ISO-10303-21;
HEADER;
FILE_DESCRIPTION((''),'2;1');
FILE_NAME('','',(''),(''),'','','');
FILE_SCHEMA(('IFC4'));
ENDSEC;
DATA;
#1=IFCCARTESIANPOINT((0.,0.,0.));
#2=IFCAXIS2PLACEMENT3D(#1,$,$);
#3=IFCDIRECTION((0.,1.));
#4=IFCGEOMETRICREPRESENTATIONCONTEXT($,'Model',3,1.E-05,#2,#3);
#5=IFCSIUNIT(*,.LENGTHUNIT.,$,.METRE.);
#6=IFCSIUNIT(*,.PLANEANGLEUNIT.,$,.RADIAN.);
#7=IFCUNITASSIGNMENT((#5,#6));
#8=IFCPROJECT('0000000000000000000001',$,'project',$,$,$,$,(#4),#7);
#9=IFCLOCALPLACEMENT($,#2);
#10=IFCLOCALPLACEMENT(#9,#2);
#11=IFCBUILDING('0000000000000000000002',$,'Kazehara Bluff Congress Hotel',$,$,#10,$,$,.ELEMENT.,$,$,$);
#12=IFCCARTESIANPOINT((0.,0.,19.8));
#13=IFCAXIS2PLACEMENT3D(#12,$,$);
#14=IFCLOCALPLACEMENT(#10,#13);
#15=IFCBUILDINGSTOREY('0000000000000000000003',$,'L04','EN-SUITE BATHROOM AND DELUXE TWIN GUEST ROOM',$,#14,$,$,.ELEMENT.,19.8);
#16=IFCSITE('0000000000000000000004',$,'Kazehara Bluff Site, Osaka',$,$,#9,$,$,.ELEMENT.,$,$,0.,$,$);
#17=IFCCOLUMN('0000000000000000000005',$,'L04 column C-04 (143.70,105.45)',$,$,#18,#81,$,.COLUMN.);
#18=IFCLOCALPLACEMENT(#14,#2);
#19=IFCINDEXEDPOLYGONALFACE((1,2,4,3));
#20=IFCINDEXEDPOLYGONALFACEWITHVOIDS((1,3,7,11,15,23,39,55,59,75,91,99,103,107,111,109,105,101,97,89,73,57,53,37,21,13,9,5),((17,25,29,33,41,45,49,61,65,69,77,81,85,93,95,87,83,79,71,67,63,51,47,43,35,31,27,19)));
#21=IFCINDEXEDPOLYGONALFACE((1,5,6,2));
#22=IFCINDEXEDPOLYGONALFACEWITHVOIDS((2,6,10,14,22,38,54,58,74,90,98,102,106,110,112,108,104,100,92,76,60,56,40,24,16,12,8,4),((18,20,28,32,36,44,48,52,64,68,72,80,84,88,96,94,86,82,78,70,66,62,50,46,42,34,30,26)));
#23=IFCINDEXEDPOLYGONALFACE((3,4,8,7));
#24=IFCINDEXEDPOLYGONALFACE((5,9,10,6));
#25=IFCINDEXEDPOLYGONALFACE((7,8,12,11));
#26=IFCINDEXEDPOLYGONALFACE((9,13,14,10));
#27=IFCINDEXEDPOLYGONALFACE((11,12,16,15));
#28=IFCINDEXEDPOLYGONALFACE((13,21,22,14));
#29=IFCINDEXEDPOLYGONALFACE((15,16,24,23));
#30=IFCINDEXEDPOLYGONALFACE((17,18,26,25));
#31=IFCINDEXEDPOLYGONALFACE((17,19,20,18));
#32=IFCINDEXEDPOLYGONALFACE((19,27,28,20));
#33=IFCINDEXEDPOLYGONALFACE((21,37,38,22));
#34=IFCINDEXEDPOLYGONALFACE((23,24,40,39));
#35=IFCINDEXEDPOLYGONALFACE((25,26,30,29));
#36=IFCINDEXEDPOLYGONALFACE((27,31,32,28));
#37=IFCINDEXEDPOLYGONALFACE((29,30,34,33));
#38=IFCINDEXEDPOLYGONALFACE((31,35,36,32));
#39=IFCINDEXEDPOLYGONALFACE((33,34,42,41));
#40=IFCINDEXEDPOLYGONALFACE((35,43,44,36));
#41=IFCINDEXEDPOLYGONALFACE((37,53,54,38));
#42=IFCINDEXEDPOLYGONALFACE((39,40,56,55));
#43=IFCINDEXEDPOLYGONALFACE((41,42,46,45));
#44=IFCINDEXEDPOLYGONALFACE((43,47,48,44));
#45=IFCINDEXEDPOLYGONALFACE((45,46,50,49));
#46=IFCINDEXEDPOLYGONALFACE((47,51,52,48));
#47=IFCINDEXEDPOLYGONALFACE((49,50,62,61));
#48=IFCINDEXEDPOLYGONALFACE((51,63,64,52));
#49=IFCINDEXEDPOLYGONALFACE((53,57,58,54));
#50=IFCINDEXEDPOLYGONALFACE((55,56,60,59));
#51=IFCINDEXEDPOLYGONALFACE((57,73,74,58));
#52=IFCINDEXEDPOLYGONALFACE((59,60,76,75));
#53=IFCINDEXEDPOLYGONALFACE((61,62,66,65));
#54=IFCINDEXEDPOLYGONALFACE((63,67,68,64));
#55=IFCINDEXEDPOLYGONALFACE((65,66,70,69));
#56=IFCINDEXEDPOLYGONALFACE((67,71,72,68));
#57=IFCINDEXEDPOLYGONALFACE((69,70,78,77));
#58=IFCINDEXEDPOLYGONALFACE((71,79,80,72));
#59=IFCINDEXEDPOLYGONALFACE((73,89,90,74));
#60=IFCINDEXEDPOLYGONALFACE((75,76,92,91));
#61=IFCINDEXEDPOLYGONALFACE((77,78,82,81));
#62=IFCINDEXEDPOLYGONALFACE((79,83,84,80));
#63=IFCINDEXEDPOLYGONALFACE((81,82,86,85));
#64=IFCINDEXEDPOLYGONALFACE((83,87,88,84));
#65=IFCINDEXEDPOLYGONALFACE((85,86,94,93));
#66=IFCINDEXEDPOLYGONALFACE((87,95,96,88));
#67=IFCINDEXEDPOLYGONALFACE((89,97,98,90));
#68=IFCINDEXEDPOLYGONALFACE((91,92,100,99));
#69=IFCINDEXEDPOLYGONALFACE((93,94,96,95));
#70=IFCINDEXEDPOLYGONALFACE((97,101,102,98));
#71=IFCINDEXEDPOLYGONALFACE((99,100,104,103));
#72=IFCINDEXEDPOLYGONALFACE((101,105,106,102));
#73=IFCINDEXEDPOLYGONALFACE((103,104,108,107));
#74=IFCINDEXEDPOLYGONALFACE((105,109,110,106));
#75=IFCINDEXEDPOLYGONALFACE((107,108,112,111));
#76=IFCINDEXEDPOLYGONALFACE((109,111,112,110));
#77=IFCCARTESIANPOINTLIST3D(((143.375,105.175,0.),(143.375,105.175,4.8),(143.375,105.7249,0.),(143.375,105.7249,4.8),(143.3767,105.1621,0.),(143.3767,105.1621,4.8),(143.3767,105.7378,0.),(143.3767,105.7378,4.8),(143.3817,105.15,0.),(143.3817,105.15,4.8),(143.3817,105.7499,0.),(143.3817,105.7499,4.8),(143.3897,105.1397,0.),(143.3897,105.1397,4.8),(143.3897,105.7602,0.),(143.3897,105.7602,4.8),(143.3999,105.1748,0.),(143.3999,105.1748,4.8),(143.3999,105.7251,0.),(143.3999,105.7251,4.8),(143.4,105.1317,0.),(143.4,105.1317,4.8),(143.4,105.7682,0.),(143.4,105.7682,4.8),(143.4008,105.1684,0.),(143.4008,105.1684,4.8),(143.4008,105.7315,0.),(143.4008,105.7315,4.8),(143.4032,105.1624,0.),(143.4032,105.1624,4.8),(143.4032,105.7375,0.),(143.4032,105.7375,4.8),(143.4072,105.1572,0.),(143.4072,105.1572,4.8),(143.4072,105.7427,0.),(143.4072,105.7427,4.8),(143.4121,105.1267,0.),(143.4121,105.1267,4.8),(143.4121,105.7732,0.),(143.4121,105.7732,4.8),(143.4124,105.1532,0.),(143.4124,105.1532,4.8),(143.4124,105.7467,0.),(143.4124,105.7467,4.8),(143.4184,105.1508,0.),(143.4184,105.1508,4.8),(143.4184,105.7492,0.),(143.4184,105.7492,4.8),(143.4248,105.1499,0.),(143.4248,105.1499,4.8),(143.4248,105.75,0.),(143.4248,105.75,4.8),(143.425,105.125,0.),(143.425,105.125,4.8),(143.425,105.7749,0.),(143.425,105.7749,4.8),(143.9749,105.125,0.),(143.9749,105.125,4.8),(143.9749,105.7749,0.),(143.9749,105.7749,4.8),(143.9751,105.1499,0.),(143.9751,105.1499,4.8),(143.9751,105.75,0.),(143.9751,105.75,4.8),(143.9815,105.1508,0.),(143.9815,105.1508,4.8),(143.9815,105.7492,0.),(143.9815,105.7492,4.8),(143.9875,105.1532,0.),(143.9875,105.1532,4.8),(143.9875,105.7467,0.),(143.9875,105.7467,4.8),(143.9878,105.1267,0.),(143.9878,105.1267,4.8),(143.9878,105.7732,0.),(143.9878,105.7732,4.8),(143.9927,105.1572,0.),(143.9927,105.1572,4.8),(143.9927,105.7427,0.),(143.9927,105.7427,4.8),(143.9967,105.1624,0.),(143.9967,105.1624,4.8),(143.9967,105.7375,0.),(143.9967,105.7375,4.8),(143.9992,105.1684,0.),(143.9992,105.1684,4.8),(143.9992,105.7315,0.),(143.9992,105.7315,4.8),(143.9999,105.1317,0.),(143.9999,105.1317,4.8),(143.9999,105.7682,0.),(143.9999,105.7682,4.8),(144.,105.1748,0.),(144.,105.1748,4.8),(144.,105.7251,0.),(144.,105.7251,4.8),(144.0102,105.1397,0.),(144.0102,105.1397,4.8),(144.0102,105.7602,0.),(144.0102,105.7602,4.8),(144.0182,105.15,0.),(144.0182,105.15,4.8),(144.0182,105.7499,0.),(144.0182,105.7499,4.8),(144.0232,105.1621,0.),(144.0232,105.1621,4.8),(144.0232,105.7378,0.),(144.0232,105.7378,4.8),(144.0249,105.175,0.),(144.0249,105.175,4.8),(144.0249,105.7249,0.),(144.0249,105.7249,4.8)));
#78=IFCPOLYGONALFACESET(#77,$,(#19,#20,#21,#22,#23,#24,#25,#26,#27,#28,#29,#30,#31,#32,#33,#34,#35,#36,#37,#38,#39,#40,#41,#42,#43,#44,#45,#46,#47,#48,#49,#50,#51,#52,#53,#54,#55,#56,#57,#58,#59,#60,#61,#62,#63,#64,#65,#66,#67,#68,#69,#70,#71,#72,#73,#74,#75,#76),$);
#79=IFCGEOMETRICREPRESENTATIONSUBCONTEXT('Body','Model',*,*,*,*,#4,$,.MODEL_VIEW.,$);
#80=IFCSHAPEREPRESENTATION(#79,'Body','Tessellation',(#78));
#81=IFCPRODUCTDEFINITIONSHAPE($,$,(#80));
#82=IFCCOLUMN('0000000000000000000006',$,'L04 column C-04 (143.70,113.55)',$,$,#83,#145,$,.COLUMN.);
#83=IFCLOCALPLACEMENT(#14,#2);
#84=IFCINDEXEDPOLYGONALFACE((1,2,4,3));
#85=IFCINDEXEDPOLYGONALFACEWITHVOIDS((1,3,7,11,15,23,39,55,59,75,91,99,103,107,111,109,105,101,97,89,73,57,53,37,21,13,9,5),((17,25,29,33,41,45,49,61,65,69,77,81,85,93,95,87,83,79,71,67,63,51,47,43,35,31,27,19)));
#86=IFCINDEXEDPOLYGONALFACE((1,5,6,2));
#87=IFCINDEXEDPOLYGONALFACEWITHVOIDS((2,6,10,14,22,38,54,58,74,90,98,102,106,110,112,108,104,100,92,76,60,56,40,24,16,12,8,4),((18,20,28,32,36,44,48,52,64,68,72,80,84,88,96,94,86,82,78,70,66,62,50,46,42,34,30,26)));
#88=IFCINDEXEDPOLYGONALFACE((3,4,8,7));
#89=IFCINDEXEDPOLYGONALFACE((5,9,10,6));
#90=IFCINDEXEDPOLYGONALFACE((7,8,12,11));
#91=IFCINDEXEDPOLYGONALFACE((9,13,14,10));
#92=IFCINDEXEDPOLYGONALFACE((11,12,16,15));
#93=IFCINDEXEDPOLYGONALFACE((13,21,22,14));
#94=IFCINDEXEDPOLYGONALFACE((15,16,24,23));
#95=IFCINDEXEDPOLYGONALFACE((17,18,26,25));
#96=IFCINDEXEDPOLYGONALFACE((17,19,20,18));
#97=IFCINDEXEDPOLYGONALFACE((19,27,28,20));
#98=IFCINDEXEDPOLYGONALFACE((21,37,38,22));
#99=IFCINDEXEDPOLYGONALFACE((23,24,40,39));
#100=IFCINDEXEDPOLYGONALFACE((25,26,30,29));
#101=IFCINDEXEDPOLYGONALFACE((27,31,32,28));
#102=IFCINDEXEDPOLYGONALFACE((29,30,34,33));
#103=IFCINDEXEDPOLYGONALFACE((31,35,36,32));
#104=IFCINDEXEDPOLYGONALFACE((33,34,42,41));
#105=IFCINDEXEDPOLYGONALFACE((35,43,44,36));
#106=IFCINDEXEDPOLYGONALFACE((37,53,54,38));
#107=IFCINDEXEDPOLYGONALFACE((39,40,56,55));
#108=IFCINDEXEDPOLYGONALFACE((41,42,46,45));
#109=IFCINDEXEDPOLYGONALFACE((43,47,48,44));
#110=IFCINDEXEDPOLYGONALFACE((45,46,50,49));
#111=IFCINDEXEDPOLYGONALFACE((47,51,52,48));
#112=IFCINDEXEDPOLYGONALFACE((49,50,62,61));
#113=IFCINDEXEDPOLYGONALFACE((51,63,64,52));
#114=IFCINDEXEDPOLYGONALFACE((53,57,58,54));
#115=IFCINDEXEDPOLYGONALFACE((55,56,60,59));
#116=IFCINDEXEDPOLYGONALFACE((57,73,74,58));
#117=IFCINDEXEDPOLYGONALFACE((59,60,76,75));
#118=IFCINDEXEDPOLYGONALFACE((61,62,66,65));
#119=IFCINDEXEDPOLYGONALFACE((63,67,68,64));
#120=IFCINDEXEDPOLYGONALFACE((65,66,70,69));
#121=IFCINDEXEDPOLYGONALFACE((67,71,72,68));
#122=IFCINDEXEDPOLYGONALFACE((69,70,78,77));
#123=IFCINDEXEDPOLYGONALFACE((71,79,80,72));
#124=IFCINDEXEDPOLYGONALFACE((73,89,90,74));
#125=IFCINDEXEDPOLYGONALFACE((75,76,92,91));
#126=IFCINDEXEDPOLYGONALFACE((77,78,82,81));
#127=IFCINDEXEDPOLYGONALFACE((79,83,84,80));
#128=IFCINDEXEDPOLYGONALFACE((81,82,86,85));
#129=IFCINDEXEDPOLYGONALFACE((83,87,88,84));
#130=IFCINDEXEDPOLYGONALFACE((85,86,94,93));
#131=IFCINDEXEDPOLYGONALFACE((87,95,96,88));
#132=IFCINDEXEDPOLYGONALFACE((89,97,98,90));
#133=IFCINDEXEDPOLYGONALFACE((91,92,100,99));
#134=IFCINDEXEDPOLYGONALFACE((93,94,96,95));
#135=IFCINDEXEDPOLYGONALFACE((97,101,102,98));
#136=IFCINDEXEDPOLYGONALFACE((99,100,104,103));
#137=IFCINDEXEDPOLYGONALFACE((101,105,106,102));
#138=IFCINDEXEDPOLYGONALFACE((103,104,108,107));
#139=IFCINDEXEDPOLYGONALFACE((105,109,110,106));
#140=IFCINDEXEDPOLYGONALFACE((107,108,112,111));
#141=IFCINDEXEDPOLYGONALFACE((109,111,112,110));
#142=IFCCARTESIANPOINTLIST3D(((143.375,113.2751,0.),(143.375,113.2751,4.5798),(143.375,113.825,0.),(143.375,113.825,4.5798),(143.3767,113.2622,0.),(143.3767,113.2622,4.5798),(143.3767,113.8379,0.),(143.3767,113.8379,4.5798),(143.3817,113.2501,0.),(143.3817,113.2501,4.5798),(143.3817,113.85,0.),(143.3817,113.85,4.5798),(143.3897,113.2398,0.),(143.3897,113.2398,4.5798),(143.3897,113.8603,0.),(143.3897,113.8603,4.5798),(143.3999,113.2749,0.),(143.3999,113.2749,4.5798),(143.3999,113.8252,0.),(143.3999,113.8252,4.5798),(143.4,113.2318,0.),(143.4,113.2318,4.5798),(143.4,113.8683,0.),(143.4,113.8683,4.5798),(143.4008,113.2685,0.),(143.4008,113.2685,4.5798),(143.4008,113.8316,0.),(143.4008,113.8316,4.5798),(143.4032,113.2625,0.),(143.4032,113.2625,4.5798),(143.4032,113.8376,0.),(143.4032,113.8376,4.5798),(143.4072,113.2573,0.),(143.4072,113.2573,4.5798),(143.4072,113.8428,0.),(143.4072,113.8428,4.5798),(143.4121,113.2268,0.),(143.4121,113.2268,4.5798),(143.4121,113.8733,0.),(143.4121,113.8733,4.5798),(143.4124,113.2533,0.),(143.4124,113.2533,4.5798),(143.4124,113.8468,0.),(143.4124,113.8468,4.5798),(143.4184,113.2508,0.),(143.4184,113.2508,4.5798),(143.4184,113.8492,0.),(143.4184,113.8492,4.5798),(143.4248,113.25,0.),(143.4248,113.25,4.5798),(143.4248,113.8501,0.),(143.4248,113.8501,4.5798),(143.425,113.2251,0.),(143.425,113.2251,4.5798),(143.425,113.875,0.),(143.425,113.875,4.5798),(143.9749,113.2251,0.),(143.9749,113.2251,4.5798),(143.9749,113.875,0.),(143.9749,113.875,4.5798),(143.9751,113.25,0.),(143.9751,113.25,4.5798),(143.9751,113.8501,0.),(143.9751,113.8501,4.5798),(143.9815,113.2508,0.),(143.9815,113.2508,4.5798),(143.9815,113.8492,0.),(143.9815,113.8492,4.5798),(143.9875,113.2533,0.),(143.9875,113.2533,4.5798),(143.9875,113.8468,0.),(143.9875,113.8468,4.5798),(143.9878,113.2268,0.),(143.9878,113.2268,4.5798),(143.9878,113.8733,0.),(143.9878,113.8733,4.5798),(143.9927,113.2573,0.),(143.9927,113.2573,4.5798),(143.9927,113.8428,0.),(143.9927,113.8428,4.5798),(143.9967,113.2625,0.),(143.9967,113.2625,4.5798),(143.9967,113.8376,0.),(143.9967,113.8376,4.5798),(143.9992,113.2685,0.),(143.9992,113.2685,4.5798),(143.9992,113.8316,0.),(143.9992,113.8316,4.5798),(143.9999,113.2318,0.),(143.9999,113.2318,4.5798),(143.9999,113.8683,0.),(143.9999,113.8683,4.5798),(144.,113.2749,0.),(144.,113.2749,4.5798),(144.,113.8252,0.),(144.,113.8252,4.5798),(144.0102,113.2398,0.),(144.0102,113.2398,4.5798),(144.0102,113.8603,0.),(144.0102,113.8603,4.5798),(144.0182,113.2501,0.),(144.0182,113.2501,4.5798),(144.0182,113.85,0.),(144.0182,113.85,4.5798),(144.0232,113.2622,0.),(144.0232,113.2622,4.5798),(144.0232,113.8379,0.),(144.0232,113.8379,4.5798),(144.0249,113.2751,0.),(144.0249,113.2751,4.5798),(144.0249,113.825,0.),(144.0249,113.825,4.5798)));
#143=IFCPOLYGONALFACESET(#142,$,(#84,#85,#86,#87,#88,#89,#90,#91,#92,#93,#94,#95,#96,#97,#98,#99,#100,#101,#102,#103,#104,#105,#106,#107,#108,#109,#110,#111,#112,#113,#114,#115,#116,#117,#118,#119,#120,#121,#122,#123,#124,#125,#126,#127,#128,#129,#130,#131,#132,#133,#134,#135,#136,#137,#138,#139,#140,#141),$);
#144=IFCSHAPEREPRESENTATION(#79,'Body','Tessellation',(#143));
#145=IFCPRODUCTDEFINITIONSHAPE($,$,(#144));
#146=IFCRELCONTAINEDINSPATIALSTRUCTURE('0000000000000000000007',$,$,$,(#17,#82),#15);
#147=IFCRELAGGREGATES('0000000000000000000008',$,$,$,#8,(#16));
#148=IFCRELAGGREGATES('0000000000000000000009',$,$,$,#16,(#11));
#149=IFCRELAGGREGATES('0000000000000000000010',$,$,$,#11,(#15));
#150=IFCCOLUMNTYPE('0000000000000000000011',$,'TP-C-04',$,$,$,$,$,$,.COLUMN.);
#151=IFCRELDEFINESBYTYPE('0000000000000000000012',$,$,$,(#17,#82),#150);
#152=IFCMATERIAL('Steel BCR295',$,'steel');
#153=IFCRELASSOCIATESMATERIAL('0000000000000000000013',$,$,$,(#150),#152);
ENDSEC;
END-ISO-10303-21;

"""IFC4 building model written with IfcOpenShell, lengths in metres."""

from ifc_helpers import new_model, si_unit, direction, frame, origin, origin_2d, place, context, subcontext, project, spatial, hollow_rectangle, extrude, material, material_profile, profile_set, type_object, element, save


model = new_model("IFC4")

# Units and contexts
model_context = context("Model", 3, precision=1e-05, world=origin(), true_north=direction((0.0, 1.0)))
body_context = subcontext(model_context, "Body", "Model", "MODEL_VIEW")
ifc_project = project(units=[si_unit("LENGTHUNIT", "METRE"), si_unit("PLANEANGLEUNIT", "RADIAN")], contexts=[model_context])

# Site, building, storey
site_placement = place(None, origin())
site = spatial("IfcSite", under=ifc_project, at=site_placement, Name="Kazehara Bluff Site, Osaka", CompositionType="ELEMENT", RefElevation=0.0)
building_placement = place(site_placement, origin())
building = spatial("IfcBuilding", under=site, at=building_placement, Name="Kazehara Bluff Congress Hotel", CompositionType="ELEMENT")
storey_placement = place(building_placement, frame((0.0, 0.0, 19.8)))
storey = spatial("IfcBuildingStorey", under=building, at=storey_placement, Name="L04", Description="EN-SUITE BATHROOM AND DELUXE TWIN GUEST ROOM", CompositionType="ELEMENT", Elevation=19.8)

# Columns
ifc_material_1 = material(Name="Steel BCR295", Category="steel")
ifc_material_profile_1 = material_profile(ifc_material_1, hollow_rectangle(XDim=0.6499, YDim=0.6499, WallThickness=0.0249, InnerFilletRadius=0.0249, OuterFilletRadius=0.05, at=origin_2d()))
ifc_profile_set_1 = profile_set([ifc_material_profile_1], Name="Steel BCR295")
column_type = type_object("IfcColumnType", Name="TP-C-04", PredefinedType="COLUMN", material=ifc_profile_set_1)
column_1_placement = place(storey_placement, frame((143.7, 105.45, 0.0), z_axis=(0.0, 0.0, 1.0), x_axis=(1.0, 0.0, 0.0)))
element("IfcColumn", 1, at=column_1_placement, inside=storey, type_object=column_type, Name="L04 column C-04 (143.70,105.45)", PredefinedType="COLUMN", context=body_context, shape_type="SweptSolid", body=[
    extrude(hollow_rectangle(XDim=0.6499, YDim=0.6499, WallThickness=0.0249, InnerFilletRadius=0.0249, OuterFilletRadius=0.05, at=origin_2d()), origin(), (0.0, 0.0, 1.0), 4.8),
])
column_2_placement = place(storey_placement, frame((143.7, 113.55, 0.0), z_axis=(0.0, 0.0, 1.0), x_axis=(1.0, 0.0, 0.0)))
element("IfcColumn", 2, at=column_2_placement, inside=storey, type_object=column_type, Name="L04 column C-04 (143.70,113.55)", PredefinedType="COLUMN", context=body_context, shape_type="SweptSolid", body=[
    extrude(hollow_rectangle(XDim=0.6499, YDim=0.6499, WallThickness=0.0249, InnerFilletRadius=0.0249, OuterFilletRadius=0.05, at=origin_2d()), origin(), (0.0, 0.0, 1.0), 4.5798),
])

save(model, "model.ifc")
